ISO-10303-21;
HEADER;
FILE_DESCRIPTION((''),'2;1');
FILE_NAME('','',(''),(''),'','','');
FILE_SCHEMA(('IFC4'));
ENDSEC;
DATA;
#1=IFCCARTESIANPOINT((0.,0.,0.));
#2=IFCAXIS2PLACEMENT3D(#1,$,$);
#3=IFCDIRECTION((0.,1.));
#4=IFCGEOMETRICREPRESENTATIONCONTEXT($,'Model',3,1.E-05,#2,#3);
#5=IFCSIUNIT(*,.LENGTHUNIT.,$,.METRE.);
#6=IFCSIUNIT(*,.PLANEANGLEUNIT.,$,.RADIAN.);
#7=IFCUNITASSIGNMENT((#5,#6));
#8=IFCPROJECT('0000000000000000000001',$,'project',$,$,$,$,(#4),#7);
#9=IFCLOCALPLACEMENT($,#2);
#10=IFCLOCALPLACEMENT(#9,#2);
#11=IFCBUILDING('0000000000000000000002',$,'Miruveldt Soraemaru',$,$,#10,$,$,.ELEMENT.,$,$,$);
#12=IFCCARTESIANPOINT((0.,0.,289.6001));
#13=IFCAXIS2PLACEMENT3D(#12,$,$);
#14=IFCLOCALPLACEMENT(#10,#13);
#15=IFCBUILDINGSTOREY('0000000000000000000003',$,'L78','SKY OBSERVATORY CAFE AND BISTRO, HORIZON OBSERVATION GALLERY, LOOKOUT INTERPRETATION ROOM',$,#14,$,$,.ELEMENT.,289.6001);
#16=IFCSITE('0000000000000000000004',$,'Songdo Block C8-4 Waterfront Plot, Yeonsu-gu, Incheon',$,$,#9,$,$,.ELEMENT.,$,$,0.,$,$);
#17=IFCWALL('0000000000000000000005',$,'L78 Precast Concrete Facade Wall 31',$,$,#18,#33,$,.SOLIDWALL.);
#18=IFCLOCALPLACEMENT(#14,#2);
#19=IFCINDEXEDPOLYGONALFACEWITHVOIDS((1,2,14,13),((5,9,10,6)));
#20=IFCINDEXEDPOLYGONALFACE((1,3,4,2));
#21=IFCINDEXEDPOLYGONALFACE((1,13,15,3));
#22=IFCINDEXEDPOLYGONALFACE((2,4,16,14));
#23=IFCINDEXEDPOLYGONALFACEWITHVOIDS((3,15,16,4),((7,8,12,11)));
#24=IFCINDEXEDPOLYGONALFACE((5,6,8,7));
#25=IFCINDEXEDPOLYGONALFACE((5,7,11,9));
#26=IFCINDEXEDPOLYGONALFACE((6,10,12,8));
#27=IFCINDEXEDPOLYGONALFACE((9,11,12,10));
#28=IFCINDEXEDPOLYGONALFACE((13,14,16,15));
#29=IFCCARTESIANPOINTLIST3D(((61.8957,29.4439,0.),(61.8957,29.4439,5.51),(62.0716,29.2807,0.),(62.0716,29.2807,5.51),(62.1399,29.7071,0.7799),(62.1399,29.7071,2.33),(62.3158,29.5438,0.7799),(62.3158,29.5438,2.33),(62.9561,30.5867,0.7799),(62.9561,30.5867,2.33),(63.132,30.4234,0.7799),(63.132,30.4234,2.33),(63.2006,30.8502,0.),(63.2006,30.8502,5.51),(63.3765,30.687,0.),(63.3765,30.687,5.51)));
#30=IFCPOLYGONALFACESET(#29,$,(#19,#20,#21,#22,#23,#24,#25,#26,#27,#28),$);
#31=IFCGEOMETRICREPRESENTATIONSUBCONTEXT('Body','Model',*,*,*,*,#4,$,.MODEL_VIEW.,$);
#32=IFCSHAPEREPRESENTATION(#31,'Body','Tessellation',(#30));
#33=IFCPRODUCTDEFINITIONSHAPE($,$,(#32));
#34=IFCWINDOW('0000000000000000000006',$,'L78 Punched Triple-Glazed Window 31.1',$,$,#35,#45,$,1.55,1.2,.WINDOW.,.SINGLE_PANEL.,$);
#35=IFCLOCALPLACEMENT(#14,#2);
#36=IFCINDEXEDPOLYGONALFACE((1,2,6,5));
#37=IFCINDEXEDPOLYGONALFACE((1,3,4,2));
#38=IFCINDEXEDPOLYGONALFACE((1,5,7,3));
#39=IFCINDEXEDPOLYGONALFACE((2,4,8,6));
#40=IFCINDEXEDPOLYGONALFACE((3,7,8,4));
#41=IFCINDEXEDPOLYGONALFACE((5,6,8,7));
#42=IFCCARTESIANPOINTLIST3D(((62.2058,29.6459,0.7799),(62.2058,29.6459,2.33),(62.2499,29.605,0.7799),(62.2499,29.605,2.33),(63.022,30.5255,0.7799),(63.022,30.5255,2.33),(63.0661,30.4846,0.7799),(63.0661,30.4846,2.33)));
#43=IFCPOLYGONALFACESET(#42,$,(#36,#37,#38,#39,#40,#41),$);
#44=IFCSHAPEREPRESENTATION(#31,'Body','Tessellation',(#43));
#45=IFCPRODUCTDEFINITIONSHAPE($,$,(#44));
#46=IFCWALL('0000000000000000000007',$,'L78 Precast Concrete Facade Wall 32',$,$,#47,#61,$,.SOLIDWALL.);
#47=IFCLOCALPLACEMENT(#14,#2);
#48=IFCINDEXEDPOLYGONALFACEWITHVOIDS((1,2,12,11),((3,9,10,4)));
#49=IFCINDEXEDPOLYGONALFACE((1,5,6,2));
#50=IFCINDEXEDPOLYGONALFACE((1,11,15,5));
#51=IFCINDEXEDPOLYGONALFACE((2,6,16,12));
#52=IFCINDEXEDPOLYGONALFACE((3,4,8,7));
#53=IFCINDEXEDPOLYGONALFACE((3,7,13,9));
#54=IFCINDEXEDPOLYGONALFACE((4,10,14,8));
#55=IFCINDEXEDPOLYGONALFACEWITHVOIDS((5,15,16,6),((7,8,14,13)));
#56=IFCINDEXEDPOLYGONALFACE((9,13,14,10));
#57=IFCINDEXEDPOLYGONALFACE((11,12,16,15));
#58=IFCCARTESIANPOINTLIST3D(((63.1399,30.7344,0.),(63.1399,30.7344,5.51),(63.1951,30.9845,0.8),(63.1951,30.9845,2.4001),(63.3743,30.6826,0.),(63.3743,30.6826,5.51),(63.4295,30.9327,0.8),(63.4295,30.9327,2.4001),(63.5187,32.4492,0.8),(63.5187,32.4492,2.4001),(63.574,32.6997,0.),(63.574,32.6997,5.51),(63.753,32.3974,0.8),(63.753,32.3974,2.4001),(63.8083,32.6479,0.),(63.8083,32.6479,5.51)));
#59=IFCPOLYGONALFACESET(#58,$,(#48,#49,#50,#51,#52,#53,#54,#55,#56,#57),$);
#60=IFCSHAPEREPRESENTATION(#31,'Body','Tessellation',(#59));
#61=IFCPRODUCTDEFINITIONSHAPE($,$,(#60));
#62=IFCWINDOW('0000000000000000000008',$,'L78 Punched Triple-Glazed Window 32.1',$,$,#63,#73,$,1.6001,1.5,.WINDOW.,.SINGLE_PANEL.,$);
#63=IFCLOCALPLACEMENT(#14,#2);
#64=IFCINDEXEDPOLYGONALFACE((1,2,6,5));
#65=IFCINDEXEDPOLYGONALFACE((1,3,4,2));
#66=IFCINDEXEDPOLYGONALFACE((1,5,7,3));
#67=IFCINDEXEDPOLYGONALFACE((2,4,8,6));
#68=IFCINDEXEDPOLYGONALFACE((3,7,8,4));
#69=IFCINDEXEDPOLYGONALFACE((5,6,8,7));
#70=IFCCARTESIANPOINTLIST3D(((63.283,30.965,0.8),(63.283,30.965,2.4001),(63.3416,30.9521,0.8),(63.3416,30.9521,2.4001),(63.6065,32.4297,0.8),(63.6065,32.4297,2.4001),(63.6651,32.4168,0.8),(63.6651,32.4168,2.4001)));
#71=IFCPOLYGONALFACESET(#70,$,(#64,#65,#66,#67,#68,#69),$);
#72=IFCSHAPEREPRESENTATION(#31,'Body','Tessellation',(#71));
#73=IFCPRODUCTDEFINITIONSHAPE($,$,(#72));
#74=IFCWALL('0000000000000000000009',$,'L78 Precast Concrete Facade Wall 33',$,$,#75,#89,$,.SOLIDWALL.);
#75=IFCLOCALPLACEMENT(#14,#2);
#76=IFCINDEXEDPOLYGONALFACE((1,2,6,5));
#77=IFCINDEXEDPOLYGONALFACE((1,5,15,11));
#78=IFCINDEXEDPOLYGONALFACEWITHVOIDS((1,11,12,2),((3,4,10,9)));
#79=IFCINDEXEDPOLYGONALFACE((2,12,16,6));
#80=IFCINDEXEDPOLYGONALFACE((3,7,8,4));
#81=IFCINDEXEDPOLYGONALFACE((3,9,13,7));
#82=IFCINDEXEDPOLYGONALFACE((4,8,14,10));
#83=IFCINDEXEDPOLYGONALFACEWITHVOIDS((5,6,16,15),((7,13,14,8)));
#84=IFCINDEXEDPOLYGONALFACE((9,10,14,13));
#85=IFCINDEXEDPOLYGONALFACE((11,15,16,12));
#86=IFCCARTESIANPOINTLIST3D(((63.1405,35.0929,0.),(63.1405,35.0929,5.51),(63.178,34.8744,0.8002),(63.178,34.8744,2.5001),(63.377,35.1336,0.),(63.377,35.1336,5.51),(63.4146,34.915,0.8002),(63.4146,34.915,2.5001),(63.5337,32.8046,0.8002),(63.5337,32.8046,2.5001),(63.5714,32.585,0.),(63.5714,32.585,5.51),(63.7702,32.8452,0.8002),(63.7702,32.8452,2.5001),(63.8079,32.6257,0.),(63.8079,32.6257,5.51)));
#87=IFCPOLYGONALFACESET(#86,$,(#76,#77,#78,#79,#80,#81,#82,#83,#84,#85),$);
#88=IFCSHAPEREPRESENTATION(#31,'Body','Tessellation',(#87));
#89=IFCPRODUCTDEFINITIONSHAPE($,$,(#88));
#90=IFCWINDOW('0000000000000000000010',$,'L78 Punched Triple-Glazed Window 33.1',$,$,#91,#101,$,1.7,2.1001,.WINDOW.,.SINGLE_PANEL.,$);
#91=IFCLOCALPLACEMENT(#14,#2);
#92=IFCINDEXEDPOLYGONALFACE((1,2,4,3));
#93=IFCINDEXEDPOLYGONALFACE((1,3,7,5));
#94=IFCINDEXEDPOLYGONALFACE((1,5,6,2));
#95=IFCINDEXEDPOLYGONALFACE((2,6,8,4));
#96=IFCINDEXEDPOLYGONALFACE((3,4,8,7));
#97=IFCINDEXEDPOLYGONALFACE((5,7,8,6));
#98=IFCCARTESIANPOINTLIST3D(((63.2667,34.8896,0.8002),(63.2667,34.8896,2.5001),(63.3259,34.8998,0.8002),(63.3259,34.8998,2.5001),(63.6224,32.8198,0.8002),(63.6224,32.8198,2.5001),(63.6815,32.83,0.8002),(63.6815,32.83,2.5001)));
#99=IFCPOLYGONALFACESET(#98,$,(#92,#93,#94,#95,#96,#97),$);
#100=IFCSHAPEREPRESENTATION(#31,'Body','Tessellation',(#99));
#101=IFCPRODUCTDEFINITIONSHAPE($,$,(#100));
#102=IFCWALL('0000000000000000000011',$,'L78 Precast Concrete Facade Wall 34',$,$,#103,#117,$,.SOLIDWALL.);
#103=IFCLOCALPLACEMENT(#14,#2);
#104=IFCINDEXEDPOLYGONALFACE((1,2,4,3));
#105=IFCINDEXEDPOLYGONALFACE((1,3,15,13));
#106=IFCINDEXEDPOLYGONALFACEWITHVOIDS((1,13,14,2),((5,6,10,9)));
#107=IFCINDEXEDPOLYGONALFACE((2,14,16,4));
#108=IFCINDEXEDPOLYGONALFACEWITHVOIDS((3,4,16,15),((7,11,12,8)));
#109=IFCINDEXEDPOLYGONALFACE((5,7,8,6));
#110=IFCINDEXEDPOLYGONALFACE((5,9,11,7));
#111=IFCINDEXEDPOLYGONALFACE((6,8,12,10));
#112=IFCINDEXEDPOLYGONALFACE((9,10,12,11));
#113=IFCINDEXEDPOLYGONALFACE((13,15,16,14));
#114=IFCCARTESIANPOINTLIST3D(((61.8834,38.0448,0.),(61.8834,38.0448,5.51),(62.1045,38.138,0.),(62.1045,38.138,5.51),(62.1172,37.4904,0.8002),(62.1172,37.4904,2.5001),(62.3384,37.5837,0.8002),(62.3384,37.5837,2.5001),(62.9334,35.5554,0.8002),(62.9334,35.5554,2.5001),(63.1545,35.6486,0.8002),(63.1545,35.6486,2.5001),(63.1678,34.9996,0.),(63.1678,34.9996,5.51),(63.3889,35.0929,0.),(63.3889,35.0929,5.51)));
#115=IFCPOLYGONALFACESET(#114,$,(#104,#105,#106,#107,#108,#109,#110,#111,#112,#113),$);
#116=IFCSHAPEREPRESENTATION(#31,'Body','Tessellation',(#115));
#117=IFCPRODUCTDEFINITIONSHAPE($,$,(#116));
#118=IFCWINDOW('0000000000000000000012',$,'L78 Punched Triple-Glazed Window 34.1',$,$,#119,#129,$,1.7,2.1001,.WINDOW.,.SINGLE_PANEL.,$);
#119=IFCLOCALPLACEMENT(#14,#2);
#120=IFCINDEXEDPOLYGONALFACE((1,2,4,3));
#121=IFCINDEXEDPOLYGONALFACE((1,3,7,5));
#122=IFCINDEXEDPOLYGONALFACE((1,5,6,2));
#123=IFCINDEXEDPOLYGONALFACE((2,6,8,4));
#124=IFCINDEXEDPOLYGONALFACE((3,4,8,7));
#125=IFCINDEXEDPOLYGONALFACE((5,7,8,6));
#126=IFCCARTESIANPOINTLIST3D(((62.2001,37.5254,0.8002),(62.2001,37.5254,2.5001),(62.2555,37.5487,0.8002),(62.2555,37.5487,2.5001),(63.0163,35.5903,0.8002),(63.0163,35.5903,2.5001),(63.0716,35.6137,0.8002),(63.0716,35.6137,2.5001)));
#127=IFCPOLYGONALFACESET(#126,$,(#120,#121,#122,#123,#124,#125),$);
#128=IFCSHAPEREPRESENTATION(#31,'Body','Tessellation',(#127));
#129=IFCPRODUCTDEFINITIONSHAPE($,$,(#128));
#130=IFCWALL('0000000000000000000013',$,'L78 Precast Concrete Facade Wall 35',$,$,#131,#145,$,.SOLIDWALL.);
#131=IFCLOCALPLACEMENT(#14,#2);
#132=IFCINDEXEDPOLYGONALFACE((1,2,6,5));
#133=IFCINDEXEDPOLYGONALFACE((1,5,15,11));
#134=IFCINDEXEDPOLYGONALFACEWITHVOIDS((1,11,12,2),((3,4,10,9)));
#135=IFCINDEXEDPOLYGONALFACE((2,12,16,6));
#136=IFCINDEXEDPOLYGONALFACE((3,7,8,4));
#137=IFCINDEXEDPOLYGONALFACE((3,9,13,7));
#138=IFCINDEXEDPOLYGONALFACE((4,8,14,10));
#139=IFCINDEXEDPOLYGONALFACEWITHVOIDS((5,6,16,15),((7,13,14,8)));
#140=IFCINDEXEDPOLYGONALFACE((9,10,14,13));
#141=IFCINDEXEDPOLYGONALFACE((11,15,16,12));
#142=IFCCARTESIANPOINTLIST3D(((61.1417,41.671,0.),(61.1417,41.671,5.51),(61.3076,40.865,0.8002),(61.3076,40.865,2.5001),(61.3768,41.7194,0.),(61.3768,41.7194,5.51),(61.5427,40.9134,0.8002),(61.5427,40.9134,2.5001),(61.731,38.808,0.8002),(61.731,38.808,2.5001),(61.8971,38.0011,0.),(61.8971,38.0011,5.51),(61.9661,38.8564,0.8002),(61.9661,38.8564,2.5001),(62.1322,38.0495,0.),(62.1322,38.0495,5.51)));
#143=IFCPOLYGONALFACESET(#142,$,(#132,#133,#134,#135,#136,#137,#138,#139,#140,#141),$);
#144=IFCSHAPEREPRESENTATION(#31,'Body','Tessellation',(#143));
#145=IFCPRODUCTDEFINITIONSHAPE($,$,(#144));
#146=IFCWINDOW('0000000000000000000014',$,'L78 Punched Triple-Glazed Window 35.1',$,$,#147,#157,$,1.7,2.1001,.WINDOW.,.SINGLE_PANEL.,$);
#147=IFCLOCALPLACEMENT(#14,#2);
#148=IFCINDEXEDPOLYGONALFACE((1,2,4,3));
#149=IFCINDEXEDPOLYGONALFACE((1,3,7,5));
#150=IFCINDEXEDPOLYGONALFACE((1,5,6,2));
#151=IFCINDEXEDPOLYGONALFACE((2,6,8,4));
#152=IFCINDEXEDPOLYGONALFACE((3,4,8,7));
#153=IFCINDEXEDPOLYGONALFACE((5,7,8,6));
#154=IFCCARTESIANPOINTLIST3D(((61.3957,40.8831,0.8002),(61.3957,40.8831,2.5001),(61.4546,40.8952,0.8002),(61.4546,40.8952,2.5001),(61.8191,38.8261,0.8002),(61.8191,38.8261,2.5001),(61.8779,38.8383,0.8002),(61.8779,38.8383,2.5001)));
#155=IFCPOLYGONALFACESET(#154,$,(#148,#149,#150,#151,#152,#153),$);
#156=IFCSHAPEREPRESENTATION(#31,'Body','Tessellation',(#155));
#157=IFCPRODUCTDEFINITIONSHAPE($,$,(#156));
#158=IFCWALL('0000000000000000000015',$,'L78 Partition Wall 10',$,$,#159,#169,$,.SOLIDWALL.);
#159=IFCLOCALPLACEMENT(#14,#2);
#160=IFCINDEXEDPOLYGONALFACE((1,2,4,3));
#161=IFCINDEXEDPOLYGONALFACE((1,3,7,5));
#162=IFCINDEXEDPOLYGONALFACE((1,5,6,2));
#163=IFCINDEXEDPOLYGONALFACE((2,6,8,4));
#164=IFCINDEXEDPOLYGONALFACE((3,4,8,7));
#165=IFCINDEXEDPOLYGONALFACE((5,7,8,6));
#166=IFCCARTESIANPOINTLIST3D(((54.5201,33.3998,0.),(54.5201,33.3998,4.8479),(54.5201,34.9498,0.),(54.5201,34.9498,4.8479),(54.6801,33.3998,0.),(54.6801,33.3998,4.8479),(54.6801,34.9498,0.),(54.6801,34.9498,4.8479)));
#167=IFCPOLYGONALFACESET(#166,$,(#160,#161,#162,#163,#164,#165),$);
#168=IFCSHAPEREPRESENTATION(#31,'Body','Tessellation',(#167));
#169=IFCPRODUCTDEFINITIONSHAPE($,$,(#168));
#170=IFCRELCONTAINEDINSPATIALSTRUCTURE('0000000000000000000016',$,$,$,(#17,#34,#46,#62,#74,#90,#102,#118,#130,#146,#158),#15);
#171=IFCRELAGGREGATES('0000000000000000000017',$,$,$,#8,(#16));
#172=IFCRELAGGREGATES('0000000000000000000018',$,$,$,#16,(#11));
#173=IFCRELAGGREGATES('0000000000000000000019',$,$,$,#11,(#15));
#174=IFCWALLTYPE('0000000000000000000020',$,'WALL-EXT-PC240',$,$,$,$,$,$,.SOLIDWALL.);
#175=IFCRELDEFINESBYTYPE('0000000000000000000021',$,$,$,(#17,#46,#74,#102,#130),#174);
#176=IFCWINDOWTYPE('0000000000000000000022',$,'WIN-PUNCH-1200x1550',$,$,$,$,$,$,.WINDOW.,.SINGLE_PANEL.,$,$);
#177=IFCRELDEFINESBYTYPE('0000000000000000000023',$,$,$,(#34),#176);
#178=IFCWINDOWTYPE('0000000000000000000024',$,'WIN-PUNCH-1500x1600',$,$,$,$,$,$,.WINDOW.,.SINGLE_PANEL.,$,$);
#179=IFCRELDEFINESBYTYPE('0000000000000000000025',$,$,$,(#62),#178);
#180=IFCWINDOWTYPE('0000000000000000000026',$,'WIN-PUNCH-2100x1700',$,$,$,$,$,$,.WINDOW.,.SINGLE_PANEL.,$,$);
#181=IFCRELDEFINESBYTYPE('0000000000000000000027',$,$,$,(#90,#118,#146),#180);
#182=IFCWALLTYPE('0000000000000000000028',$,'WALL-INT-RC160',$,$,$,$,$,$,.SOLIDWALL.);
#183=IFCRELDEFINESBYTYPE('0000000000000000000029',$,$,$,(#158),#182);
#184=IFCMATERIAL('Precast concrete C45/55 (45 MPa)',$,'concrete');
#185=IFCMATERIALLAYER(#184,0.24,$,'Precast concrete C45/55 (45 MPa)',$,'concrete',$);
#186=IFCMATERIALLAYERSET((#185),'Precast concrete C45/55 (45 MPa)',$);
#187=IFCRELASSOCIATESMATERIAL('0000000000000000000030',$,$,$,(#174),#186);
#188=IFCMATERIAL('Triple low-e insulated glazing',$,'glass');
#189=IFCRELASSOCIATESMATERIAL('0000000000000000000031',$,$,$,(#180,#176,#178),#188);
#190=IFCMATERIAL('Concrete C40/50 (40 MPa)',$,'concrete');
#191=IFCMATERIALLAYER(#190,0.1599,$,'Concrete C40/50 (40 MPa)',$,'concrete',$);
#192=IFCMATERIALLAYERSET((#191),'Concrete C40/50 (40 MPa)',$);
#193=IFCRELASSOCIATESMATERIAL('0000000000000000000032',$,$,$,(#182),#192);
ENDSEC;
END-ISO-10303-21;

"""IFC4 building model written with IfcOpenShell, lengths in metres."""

from ifc_helpers import new_model, si_unit, direction, frame, frame_2d, origin, place, context, subcontext, project, spatial, rectangle, extrude, material, layer, layer_set, type_object, element, fill, save


model = new_model("IFC4")

# Units and contexts
model_context = context("Model", 3, precision=1e-05, world=origin(), true_north=direction((0.0, 1.0)))
body_context = subcontext(model_context, "Body", "Model", "MODEL_VIEW")
ifc_project = project(units=[si_unit("LENGTHUNIT", "METRE"), si_unit("PLANEANGLEUNIT", "RADIAN")], contexts=[model_context])

# Site, building, storey
site_placement = place(None, origin())
site = spatial("IfcSite", under=ifc_project, at=site_placement, Name="Songdo Block C8-4 Waterfront Plot, Yeonsu-gu, Incheon", CompositionType="ELEMENT", RefElevation=0.0)
building_placement = place(site_placement, origin())
building = spatial("IfcBuilding", under=site, at=building_placement, Name="Miruveldt Soraemaru", CompositionType="ELEMENT")
storey_placement = place(building_placement, frame((0.0, 0.0, 289.6001)))
storey = spatial("IfcBuildingStorey", under=building, at=storey_placement, Name="L78", Description="SKY OBSERVATORY CAFE AND BISTRO, HORIZON OBSERVATION GALLERY, LOOKOUT INTERPRETATION ROOM", CompositionType="ELEMENT", Elevation=289.6001)

# Walls, openings, windows
ifc_material_1 = material(Name="Precast concrete C45/55 (45 MPa)", Category="concrete")
ifc_layer_1 = layer(ifc_material_1, 0.24, Name="Precast concrete C45/55 (45 MPa)", Category="concrete")
ifc_layer_set_1 = layer_set([ifc_layer_1], Name="Precast concrete C45/55 (45 MPa)")
wall_type_1 = type_object("IfcWallType", Name="WALL-EXT-PC240", PredefinedType="SOLIDWALL", material=ifc_layer_set_1)
ifc_material_2 = material(Name="Triple low-e insulated glazing", Category="glass")
window_type_1 = type_object("IfcWindowType", Name="WIN-PUNCH-2100x1700", PartitioningType="SINGLE_PANEL", PredefinedType="WINDOW", material=ifc_material_2)
wall_1_placement = place(storey_placement, frame((61.9836, 29.3623, 0.0), z_axis=(0.0, 0.0, 1.0), x_axis=(0.680207, 0.73302, 0.0)))
wall_1 = element("IfcWall", 1, at=wall_1_placement, inside=storey, type_object=wall_type_1, Name="L78 Precast Concrete Facade Wall 31", PredefinedType="SOLIDWALL", context=body_context, shape_type="SweptSolid", body=[
    extrude(rectangle(XDim=1.9185, YDim=0.24, at=frame_2d((0.9592, 0.0))), origin(), (0.0, 0.0, 1.0), 5.51),
])
opening_1_placement = place(wall_1_placement, frame((0.3589, 0.0, 0.78)))
opening_1 = element("IfcOpeningElement", 2, at=opening_1_placement, cuts=wall_1, PredefinedType="OPENING", context=body_context, shape_type="SweptSolid", body=[
    extrude(rectangle(XDim=1.2, YDim=1.55, at=frame_2d((0.6001, 0.7749))), frame((0.0, 0.1299, 0.0), z_axis=(0.0, -1.0, 0.0), x_axis=(1.0, 0.0, 0.0)), (0.0, 0.0, 1.0), 0.26),
])
window_type_2 = type_object("IfcWindowType", Name="WIN-PUNCH-1200x1550", PartitioningType="SINGLE_PANEL", PredefinedType="WINDOW", material=ifc_material_2)
window_1_placement = place(opening_1_placement, origin())
window_1 = element("IfcWindow", 3, at=window_1_placement, inside=storey, type_object=window_type_2, Name="L78 Punched Triple-Glazed Window 31.1", OverallHeight=1.55, OverallWidth=1.2, PartitioningType="SINGLE_PANEL", PredefinedType="WINDOW", context=body_context, shape_type="SweptSolid", body=[
    extrude(rectangle(XDim=1.2, YDim=1.55, at=frame_2d((0.6001, 0.7749))), frame((0.0, 0.03, 0.0), z_axis=(0.0, -1.0, 0.0), x_axis=(1.0, 0.0, 0.0)), (0.0, 0.0, 1.0), 0.0601),
])
fill(opening_1, window_1)
wall_2_placement = place(storey_placement, frame((63.2571, 30.7085, 0.0), z_axis=(0.0, 0.0, 1.0), x_axis=(0.215672, 0.976466, 0.0)))
wall_2 = element("IfcWall", 4, at=wall_2_placement, inside=storey, type_object=wall_type_1, Name="L78 Precast Concrete Facade Wall 32", PredefinedType="SOLIDWALL", context=body_context, shape_type="SweptSolid", body=[
    extrude(rectangle(XDim=2.0127, YDim=0.24, at=frame_2d((1.0063, 0.0))), origin(), (0.0, 0.0, 1.0), 5.51),
])
opening_2_placement = place(wall_2_placement, frame((0.2561, 0.0, 0.8)))
opening_2 = element("IfcOpeningElement", 5, at=opening_2_placement, cuts=wall_2, PredefinedType="OPENING", context=body_context, shape_type="SweptSolid", body=[
    extrude(rectangle(XDim=1.5, YDim=1.6001, at=frame_2d((0.75, 0.8))), frame((0.0, 0.1299, 0.0), z_axis=(0.0, -1.0, 0.0), x_axis=(1.0, 0.0, 0.0)), (0.0, 0.0, 1.0), 0.26),
])
window_type_3 = type_object("IfcWindowType", Name="WIN-PUNCH-1500x1600", PartitioningType="SINGLE_PANEL", PredefinedType="WINDOW", material=ifc_material_2)
window_2_placement = place(opening_2_placement, origin())
window_2 = element("IfcWindow", 6, at=window_2_placement, inside=storey, type_object=window_type_3, Name="L78 Punched Triple-Glazed Window 32.1", OverallHeight=1.6001, OverallWidth=1.5, PartitioningType="SINGLE_PANEL", PredefinedType="WINDOW", context=body_context, shape_type="SweptSolid", body=[
    extrude(rectangle(XDim=1.5, YDim=1.6001, at=frame_2d((0.75, 0.8))), frame((0.0, 0.03, 0.0), z_axis=(0.0, -1.0, 0.0), x_axis=(1.0, 0.0, 0.0)), (0.0, 0.0, 1.0), 0.0601),
])
fill(opening_2, window_2)
wall_3_placement = place(storey_placement, frame((63.6897, 32.6052, 0.0), z_axis=(0.0, 0.0, 1.0), x_axis=(-0.169345, 0.985557, 0.0)))
wall_3 = element("IfcWall", 7, at=wall_3_placement, inside=storey, type_object=wall_type_1, Name="L78 Precast Concrete Facade Wall 33", PredefinedType="SOLIDWALL", context=body_context, shape_type="SweptSolid", body=[
    extrude(rectangle(XDim=2.5447, YDim=0.24, at=frame_2d((1.2725, 0.0))), origin(), (0.0, 0.0, 1.0), 5.51),
])
opening_3_placement = place(wall_3_placement, frame((0.2229, 0.0, 0.8)))
opening_3 = element("IfcOpeningElement", 8, at=opening_3_placement, cuts=wall_3, PredefinedType="OPENING", context=body_context, shape_type="SweptSolid", body=[
    extrude(rectangle(XDim=2.1001, YDim=1.7, at=frame_2d((1.05, 0.8501))), frame((0.0, 0.1299, 0.0), z_axis=(0.0, -1.0, 0.0), x_axis=(1.0, 0.0, 0.0)), (0.0, 0.0, 1.0), 0.26),
])
window_3_placement = place(opening_3_placement, origin())
window_3 = element("IfcWindow", 9, at=window_3_placement, inside=storey, type_object=window_type_1, Name="L78 Punched Triple-Glazed Window 33.1", OverallHeight=1.7, OverallWidth=2.1001, PartitioningType="SINGLE_PANEL", PredefinedType="WINDOW", context=body_context, shape_type="SweptSolid", body=[
    extrude(rectangle(XDim=2.1001, YDim=1.7, at=frame_2d((1.05, 0.8501))), frame((0.0, 0.03, 0.0), z_axis=(0.0, -1.0, 0.0), x_axis=(1.0, 0.0, 0.0)), (0.0, 0.0, 1.0), 0.0601),
])
fill(opening_3, window_3)
wall_4_placement = place(storey_placement, frame((63.2783, 35.0464, 0.0), z_axis=(0.0, 0.0, 1.0), x_axis=(-0.388635, 0.921392, 0.0)))
wall_4 = element("IfcWall", 10, at=wall_4_placement, inside=storey, type_object=wall_type_1, Name="L78 Precast Concrete Facade Wall 34", PredefinedType="SOLIDWALL", context=body_context, shape_type="SweptSolid", body=[
    extrude(rectangle(XDim=3.3049, YDim=0.24, at=frame_2d((1.6523, 0.0))), origin(), (0.0, 0.0, 1.0), 5.51),
])
opening_4_placement = place(wall_4_placement, frame((0.603, 0.0, 0.8)))
opening_4 = element("IfcOpeningElement", 11, at=opening_4_placement, cuts=wall_4, PredefinedType="OPENING", context=body_context, shape_type="SweptSolid", body=[
    extrude(rectangle(XDim=2.1001, YDim=1.7, at=frame_2d((1.05, 0.8501))), frame((0.0, 0.1299, 0.0), z_axis=(0.0, -1.0, 0.0), x_axis=(1.0, 0.0, 0.0)), (0.0, 0.0, 1.0), 0.26),
])
window_4_placement = place(opening_4_placement, origin())
window_4 = element("IfcWindow", 12, at=window_4_placement, inside=storey, type_object=window_type_1, Name="L78 Punched Triple-Glazed Window 34.1", OverallHeight=1.7, OverallWidth=2.1001, PartitioningType="SINGLE_PANEL", PredefinedType="WINDOW", context=body_context, shape_type="SweptSolid", body=[
    extrude(rectangle(XDim=2.1001, YDim=1.7, at=frame_2d((1.05, 0.8501))), frame((0.0, 0.03, 0.0), z_axis=(0.0, -1.0, 0.0), x_axis=(1.0, 0.0, 0.0)), (0.0, 0.0, 1.0), 0.0601),
])
fill(opening_4, window_4)
wall_5_placement = place(storey_placement, frame((62.0146, 38.0251, 0.0), z_axis=(0.0, 0.0, 1.0), x_axis=(-0.201601, 0.979468, 0.0)))
wall_5 = element("IfcWall", 13, at=wall_5_placement, inside=storey, type_object=wall_type_1, Name="L78 Precast Concrete Facade Wall 35", PredefinedType="SOLIDWALL", context=body_context, shape_type="SweptSolid", body=[
    extrude(rectangle(XDim=3.7468, YDim=0.24, at=frame_2d((1.8735, 0.0))), origin(), (0.0, 0.0, 1.0), 5.51),
])
opening_5_placement = place(wall_5_placement, frame((0.824, 0.0, 0.8)))
opening_5 = element("IfcOpeningElement", 14, at=opening_5_placement, cuts=wall_5, PredefinedType="OPENING", context=body_context, shape_type="SweptSolid", body=[
    extrude(rectangle(XDim=2.1001, YDim=1.7, at=frame_2d((1.05, 0.8501))), frame((0.0, 0.1299, 0.0), z_axis=(0.0, -1.0, 0.0), x_axis=(1.0, 0.0, 0.0)), (0.0, 0.0, 1.0), 0.26),
])
window_5_placement = place(opening_5_placement, origin())
window_5 = element("IfcWindow", 15, at=window_5_placement, inside=storey, type_object=window_type_1, Name="L78 Punched Triple-Glazed Window 35.1", OverallHeight=1.7, OverallWidth=2.1001, PartitioningType="SINGLE_PANEL", PredefinedType="WINDOW", context=body_context, shape_type="SweptSolid", body=[
    extrude(rectangle(XDim=2.1001, YDim=1.7, at=frame_2d((1.05, 0.8501))), frame((0.0, 0.03, 0.0), z_axis=(0.0, -1.0, 0.0), x_axis=(1.0, 0.0, 0.0)), (0.0, 0.0, 1.0), 0.0601),
])
fill(opening_5, window_5)

# Wall
ifc_material_3 = material(Name="Concrete C40/50 (40 MPa)", Category="concrete")
ifc_layer_2 = layer(ifc_material_3, 0.1599, Name="Concrete C40/50 (40 MPa)", Category="concrete")
ifc_layer_set_2 = layer_set([ifc_layer_2], Name="Concrete C40/50 (40 MPa)")
wall_type_2 = type_object("IfcWallType", Name="WALL-INT-RC160", PredefinedType="SOLIDWALL", material=ifc_layer_set_2)
wall_6_placement = place(storey_placement, frame((54.6001, 33.3999, 0.0), z_axis=(0.0, 0.0, 1.0), x_axis=(0.0, 1.0, 0.0)))
element("IfcWall", 16, at=wall_6_placement, inside=storey, type_object=wall_type_2, Name="L78 Partition Wall 10", PredefinedType="SOLIDWALL", context=body_context, shape_type="SweptSolid", body=[
    extrude(rectangle(XDim=1.55, YDim=0.1599, at=frame_2d((0.7749, 0.0))), origin(), (0.0, 0.0, 1.0), 4.8479),
])

save(model, "model.ifc")
